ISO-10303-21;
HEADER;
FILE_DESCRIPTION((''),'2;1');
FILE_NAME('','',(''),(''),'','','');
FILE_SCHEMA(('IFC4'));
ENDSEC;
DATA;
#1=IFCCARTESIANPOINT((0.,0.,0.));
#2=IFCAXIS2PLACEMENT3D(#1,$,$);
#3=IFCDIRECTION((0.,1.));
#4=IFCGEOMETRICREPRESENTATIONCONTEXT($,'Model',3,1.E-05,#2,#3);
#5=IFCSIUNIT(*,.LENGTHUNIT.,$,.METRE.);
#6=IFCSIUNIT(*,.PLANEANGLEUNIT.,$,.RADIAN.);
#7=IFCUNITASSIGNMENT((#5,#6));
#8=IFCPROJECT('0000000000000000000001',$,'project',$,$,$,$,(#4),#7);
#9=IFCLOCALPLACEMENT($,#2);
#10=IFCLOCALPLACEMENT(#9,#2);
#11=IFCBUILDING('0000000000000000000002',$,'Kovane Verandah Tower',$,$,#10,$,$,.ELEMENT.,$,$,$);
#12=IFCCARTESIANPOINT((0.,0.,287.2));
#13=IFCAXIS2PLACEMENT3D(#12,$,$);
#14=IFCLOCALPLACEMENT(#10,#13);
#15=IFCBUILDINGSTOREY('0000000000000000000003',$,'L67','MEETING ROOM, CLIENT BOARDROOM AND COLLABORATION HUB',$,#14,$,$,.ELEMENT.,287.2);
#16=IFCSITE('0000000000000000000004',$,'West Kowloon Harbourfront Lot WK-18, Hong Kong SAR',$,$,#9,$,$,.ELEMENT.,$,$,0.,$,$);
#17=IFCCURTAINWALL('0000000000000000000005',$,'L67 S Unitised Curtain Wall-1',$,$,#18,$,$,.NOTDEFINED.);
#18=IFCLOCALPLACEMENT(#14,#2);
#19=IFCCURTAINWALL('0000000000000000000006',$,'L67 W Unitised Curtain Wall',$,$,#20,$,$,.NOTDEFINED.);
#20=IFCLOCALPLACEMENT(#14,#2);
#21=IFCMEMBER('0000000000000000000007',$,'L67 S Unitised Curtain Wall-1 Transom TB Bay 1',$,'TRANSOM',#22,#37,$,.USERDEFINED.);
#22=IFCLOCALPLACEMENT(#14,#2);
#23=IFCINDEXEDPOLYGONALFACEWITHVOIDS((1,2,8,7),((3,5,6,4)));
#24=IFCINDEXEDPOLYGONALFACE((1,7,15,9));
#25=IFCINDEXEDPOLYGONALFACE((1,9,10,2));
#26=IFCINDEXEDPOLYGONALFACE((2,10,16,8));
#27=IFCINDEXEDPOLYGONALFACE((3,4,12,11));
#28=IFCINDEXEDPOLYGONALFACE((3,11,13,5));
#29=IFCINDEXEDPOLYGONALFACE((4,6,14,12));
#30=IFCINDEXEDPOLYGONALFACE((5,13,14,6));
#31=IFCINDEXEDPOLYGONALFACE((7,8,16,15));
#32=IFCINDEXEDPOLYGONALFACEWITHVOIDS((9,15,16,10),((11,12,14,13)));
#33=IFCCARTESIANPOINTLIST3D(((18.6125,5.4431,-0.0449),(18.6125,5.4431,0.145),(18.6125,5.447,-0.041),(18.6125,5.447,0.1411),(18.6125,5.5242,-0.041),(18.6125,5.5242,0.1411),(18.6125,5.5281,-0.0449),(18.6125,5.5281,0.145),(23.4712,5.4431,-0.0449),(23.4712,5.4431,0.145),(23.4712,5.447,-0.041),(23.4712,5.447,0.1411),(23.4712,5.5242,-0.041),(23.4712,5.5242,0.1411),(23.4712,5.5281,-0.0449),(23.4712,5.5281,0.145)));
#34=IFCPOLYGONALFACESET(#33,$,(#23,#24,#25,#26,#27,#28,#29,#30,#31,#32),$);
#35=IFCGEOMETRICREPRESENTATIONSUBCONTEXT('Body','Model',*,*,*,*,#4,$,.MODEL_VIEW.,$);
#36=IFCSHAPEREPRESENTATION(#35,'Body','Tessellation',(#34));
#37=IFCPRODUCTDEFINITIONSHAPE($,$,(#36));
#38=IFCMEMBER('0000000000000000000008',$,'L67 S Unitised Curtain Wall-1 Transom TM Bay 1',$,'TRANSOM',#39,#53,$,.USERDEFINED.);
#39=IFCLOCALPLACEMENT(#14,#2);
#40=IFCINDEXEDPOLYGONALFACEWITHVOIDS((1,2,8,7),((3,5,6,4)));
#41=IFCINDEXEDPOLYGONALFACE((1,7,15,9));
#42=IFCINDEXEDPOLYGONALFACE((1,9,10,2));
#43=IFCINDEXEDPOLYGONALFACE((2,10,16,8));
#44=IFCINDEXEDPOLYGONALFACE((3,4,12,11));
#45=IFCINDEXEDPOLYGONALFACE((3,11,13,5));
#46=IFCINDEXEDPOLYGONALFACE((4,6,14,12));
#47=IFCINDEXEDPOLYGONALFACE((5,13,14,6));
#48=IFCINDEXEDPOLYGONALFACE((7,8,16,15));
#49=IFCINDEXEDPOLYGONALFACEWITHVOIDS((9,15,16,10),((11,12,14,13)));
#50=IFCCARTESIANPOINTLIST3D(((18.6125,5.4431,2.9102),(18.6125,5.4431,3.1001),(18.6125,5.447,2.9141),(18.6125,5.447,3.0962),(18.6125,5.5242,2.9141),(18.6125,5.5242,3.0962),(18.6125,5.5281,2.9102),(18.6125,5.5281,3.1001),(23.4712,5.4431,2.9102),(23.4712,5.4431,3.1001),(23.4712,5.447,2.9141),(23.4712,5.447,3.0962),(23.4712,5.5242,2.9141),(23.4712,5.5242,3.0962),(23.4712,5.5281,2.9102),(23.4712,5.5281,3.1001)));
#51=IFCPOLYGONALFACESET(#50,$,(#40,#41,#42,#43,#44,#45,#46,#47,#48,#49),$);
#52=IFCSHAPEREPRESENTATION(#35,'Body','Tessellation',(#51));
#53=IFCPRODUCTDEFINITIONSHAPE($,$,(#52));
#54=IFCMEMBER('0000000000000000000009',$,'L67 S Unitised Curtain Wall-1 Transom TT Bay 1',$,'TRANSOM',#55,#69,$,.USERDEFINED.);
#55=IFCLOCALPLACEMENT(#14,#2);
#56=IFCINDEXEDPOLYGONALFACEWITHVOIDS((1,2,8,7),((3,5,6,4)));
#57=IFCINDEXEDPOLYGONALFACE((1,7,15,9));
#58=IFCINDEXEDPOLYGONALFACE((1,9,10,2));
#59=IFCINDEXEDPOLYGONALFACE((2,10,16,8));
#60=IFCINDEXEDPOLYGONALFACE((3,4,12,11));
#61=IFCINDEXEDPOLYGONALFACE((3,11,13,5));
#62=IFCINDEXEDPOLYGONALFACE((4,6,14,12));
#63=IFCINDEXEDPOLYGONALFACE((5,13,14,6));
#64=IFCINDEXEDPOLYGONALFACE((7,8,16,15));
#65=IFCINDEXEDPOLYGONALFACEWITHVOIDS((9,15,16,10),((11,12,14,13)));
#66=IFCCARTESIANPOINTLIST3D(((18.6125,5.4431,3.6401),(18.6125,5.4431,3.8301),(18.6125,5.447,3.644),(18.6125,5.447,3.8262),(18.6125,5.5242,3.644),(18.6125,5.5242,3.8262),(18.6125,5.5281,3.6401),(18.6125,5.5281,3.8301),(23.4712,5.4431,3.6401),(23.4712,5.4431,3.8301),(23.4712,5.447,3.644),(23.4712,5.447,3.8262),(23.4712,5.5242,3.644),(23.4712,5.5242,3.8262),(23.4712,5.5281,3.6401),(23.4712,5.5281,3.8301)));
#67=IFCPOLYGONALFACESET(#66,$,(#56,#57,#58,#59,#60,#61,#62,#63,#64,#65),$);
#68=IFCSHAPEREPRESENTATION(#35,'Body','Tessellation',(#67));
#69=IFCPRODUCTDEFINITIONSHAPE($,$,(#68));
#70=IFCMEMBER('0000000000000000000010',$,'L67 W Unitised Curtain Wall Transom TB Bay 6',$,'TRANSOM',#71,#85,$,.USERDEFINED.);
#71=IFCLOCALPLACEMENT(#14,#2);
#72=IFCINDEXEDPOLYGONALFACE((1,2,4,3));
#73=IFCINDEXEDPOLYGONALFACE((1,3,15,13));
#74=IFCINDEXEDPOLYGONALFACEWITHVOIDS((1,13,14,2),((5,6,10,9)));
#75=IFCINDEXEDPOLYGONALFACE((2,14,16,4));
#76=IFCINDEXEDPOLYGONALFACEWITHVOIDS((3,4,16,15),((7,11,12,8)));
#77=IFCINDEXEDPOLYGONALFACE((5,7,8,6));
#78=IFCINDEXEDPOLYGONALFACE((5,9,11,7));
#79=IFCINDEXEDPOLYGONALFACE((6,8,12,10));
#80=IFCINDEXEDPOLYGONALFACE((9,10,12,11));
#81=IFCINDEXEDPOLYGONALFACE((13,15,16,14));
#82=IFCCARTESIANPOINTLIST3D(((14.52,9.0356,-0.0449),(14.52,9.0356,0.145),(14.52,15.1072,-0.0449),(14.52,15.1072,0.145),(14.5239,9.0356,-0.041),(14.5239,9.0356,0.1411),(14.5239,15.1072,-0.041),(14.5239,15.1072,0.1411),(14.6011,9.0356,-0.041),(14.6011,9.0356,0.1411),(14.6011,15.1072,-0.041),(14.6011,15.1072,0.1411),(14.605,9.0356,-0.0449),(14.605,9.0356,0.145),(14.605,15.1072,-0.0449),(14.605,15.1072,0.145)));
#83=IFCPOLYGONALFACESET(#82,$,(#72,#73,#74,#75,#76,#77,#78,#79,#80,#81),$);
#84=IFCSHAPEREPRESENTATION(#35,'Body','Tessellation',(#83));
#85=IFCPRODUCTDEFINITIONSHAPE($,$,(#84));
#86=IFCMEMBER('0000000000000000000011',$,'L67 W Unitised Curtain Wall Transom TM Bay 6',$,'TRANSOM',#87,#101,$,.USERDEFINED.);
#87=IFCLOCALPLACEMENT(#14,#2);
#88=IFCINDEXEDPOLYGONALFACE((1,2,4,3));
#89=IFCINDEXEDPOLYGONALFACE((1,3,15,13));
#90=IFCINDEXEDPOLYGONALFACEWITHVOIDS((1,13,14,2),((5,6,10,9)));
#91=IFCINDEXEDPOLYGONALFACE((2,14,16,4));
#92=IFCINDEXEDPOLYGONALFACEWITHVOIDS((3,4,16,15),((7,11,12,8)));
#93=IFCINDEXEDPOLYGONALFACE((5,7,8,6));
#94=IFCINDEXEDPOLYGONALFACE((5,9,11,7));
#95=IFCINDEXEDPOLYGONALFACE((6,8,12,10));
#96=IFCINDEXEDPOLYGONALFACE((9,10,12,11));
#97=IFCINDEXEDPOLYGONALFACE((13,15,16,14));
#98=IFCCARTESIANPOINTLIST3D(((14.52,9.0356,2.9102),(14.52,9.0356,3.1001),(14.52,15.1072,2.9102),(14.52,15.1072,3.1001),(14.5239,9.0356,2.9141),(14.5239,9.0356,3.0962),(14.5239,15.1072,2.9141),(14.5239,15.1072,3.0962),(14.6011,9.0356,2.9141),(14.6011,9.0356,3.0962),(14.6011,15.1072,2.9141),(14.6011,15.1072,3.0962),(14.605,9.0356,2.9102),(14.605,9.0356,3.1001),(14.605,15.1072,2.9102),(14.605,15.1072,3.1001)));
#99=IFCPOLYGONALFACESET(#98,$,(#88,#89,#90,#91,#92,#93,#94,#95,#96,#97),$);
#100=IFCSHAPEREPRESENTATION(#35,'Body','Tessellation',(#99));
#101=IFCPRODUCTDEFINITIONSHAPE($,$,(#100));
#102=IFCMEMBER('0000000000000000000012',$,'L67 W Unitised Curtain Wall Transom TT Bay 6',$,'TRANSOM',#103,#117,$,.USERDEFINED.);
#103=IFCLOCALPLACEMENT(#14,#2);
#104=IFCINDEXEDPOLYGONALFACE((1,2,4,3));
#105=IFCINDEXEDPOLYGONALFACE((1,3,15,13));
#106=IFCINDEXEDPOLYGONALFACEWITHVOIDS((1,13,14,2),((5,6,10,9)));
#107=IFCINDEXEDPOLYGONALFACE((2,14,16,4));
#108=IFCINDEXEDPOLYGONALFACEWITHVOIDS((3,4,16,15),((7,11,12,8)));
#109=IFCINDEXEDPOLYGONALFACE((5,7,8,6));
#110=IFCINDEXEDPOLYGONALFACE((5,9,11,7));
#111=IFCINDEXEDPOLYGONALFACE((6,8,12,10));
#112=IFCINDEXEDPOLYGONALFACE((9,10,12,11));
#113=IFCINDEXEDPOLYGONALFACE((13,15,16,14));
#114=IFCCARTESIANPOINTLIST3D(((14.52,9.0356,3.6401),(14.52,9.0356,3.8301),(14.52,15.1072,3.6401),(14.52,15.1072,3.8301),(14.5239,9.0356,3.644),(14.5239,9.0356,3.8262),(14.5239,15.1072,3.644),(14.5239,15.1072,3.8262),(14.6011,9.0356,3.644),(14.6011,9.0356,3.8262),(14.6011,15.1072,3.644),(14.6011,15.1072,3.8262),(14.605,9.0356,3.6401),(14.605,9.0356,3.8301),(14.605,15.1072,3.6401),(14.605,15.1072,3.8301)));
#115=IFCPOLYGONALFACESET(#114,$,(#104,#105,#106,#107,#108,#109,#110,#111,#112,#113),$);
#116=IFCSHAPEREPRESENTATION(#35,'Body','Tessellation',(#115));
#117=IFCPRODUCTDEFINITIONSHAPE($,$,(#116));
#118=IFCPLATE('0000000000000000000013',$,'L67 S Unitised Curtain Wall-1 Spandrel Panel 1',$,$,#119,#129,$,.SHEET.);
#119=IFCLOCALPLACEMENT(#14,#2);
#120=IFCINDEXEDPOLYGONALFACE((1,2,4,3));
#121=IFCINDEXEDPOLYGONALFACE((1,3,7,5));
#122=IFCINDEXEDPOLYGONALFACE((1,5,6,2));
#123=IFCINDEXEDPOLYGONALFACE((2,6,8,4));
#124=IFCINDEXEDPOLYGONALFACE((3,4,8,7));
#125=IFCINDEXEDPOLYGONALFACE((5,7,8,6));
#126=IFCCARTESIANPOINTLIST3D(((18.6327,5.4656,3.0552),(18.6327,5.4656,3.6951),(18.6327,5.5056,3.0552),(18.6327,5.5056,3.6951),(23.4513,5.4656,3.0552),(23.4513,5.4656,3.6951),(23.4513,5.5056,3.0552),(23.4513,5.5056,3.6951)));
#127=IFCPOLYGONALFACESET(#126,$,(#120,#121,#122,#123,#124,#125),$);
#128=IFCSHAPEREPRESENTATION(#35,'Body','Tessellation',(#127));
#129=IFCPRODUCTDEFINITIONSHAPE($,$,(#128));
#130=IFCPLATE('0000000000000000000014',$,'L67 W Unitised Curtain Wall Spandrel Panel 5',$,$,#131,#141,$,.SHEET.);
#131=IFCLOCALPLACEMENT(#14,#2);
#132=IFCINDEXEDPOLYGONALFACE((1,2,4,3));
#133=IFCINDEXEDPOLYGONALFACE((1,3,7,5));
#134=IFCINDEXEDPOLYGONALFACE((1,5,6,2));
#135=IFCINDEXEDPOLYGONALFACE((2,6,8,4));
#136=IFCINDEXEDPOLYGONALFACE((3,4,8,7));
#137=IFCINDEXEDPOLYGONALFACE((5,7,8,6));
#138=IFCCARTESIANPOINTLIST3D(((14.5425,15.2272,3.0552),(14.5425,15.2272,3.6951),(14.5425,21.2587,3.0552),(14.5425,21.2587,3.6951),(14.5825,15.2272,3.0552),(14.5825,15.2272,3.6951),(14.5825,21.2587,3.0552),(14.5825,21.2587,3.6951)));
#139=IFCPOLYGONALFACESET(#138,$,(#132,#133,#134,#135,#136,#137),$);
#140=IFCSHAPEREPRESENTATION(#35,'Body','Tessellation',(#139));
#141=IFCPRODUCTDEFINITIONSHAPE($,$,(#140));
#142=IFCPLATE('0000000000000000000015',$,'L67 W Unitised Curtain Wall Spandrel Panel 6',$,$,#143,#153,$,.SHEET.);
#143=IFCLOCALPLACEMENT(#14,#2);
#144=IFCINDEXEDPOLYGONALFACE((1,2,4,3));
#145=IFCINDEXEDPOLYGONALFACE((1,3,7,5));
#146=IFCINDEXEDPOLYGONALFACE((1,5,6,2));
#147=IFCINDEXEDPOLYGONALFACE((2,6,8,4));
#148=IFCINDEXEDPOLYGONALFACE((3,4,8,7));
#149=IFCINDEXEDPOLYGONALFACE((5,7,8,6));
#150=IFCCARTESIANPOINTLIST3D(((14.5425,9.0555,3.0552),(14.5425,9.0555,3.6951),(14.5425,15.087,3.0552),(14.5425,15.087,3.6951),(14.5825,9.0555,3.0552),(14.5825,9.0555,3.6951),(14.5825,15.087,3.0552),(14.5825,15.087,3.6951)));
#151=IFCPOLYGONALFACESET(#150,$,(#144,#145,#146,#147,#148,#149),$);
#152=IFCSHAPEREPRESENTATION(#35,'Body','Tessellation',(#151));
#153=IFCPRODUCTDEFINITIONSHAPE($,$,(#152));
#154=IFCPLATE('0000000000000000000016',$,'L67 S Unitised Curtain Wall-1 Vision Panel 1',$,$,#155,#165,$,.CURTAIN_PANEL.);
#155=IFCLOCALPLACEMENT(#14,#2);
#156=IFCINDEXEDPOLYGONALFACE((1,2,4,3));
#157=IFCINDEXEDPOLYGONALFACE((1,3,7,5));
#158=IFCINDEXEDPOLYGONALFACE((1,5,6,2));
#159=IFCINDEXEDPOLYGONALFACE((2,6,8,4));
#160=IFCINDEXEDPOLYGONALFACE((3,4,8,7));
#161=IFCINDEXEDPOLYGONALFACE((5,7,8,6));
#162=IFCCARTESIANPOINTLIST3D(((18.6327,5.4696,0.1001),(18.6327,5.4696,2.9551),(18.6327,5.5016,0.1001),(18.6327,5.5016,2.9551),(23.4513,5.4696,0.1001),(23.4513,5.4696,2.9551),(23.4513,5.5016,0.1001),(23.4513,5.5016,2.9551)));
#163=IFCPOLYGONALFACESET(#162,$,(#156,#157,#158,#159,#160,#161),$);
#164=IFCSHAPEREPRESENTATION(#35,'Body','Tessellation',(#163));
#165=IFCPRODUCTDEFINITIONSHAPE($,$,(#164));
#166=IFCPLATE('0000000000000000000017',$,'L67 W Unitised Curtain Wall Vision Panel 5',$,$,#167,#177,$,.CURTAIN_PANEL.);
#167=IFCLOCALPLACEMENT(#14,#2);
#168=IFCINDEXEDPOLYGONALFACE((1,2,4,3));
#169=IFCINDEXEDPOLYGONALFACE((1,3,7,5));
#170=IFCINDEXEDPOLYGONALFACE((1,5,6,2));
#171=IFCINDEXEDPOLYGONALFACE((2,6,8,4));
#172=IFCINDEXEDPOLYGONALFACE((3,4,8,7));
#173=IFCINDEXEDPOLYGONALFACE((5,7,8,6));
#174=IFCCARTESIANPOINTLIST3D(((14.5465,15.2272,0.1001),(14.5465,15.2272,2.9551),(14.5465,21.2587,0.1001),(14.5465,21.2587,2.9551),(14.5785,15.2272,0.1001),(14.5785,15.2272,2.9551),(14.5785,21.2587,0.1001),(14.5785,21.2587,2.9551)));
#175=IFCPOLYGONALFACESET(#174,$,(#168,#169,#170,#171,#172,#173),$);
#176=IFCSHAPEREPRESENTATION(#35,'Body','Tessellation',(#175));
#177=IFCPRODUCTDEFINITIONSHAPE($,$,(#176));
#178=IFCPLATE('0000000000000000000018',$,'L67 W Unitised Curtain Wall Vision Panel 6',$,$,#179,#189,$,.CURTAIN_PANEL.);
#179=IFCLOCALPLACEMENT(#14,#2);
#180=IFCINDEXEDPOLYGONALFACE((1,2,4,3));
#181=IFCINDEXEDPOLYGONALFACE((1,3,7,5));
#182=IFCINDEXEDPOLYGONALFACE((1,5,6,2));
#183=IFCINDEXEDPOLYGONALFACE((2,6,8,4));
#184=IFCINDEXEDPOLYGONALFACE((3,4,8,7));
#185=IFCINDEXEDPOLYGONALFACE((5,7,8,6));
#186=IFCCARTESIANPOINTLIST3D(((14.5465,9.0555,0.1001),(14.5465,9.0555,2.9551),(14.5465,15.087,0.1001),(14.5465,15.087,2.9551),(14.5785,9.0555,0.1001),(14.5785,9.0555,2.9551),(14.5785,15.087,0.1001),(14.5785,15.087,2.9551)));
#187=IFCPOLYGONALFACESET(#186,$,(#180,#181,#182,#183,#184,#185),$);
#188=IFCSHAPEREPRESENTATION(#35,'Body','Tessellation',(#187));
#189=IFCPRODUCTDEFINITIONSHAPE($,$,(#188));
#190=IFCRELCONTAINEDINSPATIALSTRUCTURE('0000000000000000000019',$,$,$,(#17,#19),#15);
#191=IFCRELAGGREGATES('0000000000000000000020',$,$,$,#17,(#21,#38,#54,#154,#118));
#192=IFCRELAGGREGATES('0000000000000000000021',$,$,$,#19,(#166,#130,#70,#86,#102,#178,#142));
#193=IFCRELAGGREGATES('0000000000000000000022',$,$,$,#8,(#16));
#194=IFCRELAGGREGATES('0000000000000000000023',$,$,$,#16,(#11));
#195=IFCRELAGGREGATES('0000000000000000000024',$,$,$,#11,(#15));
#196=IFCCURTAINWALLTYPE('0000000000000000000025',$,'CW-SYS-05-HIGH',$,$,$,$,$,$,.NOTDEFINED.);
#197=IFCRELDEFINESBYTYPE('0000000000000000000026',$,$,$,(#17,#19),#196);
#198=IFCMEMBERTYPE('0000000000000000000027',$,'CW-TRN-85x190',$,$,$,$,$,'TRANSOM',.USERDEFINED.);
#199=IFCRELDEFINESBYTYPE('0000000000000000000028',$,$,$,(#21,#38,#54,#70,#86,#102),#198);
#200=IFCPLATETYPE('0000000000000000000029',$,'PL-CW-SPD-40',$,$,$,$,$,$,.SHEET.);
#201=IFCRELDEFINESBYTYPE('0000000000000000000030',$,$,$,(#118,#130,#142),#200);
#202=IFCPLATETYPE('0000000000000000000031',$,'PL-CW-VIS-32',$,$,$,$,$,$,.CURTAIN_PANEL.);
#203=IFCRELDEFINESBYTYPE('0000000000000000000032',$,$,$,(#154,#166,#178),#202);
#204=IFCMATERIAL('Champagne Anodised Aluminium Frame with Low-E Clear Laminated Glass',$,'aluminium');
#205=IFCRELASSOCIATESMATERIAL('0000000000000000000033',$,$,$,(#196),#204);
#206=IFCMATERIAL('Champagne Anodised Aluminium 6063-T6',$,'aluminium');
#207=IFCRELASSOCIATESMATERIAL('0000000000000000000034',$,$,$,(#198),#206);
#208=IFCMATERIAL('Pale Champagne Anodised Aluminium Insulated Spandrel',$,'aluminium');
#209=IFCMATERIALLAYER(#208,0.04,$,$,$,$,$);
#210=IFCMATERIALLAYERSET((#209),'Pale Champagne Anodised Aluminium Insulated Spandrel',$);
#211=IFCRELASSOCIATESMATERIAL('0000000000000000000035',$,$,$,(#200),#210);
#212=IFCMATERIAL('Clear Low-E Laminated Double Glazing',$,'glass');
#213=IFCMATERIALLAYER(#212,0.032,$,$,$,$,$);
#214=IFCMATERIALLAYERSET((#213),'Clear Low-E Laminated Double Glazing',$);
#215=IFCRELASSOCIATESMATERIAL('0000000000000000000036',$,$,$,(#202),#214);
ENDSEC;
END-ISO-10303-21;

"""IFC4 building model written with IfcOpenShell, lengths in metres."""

from ifc_helpers import new_model, si_unit, direction, frame, origin, origin_2d, place, context, subcontext, project, spatial, rectangle, hollow_rectangle, extrude, material, layer, layer_set, material_profile, profile_set, type_object, element, aggregate, save


model = new_model("IFC4")

# Units and contexts
model_context = context("Model", 3, precision=1e-05, world=origin(), true_north=direction((0.0, 1.0)))
body_context = subcontext(model_context, "Body", "Model", "MODEL_VIEW")
ifc_project = project(units=[si_unit("LENGTHUNIT", "METRE"), si_unit("PLANEANGLEUNIT", "RADIAN")], contexts=[model_context])

# Site, building, storey
site_placement = place(None, origin())
site = spatial("IfcSite", under=ifc_project, at=site_placement, Name="West Kowloon Harbourfront Lot WK-18, Hong Kong SAR", CompositionType="ELEMENT", RefElevation=0.0)
building_placement = place(site_placement, origin())
building = spatial("IfcBuilding", under=site, at=building_placement, Name="Kovane Verandah Tower", CompositionType="ELEMENT")
storey_placement = place(building_placement, frame((0.0, 0.0, 287.2)))
storey = spatial("IfcBuildingStorey", under=building, at=storey_placement, Name="L67", Description="MEETING ROOM, CLIENT BOARDROOM AND COLLABORATION HUB", CompositionType="ELEMENT", Elevation=287.2)

# Curtain walls
ifc_material_1 = material(Name="Champagne Anodised Aluminium Frame with Low-E Clear Laminated Glass", Category="aluminium")
curtain_wall_type = type_object("IfcCurtainWallType", Name="CW-SYS-05-HIGH", PredefinedType="NOTDEFINED", material=ifc_material_1)
curtain_wall_1_placement = place(storey_placement, origin())
curtain_wall_1 = element("IfcCurtainWall", 1, at=curtain_wall_1_placement, inside=storey, type_object=curtain_wall_type, Name="L67 S Unitised Curtain Wall-1", PredefinedType="NOTDEFINED")
ifc_material_2 = material(Name="Champagne Anodised Aluminium 6063-T6", Category="aluminium")
curtain_wall_2_placement = place(storey_placement, origin())
curtain_wall_2 = element("IfcCurtainWall", 2, at=curtain_wall_2_placement, inside=storey, type_object=curtain_wall_type, Name="L67 W Unitised Curtain Wall", PredefinedType="NOTDEFINED")

# Members
ifc_material_profile_1 = material_profile(ifc_material_2, hollow_rectangle(XDim=0.085, YDim=0.1899, WallThickness=0.0039, at=origin_2d()), Name="AL85x190x4")
ifc_profile_set_1 = profile_set([ifc_material_profile_1], Name="Champagne Anodised Aluminium 6063-T6")
member_type_1 = type_object("IfcMemberType", Name="CW-TRN-85x190", ElementType="TRANSOM", PredefinedType="USERDEFINED", material=ifc_profile_set_1)
member_1_placement = place(storey_placement, frame((18.6125, 5.4856, 0.05), z_axis=(1.0, 0.0, 0.0), x_axis=(0.0, 1.0, 0.0)))
member_1 = element("IfcMember", 3, at=member_1_placement, type_object=member_type_1, Name="L67 S Unitised Curtain Wall-1 Transom TB Bay 1", ObjectType="TRANSOM", PredefinedType="USERDEFINED", context=body_context, shape_type="SweptSolid", body=[
    extrude(hollow_rectangle(XDim=0.085, YDim=0.1899, WallThickness=0.0039, at=origin_2d()), origin(), (0.0, 0.0, 1.0), 4.8586),
])
member_2_placement = place(storey_placement, frame((18.6125, 5.4856, 3.0051), z_axis=(1.0, 0.0, 0.0), x_axis=(0.0, 1.0, 0.0)))
member_2 = element("IfcMember", 4, at=member_2_placement, type_object=member_type_1, Name="L67 S Unitised Curtain Wall-1 Transom TM Bay 1", ObjectType="TRANSOM", PredefinedType="USERDEFINED", context=body_context, shape_type="SweptSolid", body=[
    extrude(hollow_rectangle(XDim=0.085, YDim=0.1899, WallThickness=0.0039, at=origin_2d()), origin(), (0.0, 0.0, 1.0), 4.8586),
])
member_3_placement = place(storey_placement, frame((18.6125, 5.4856, 3.7351), z_axis=(1.0, 0.0, 0.0), x_axis=(0.0, 1.0, 0.0)))
member_3 = element("IfcMember", 5, at=member_3_placement, type_object=member_type_1, Name="L67 S Unitised Curtain Wall-1 Transom TT Bay 1", ObjectType="TRANSOM", PredefinedType="USERDEFINED", context=body_context, shape_type="SweptSolid", body=[
    extrude(hollow_rectangle(XDim=0.085, YDim=0.1899, WallThickness=0.0039, at=origin_2d()), origin(), (0.0, 0.0, 1.0), 4.8586),
])
member_4_placement = place(storey_placement, frame((14.5625, 15.1072, 0.05), z_axis=(0.0, -1.0, 0.0), x_axis=(1.0, 0.0, 0.0)))
member_4 = element("IfcMember", 6, at=member_4_placement, type_object=member_type_1, Name="L67 W Unitised Curtain Wall Transom TB Bay 6", ObjectType="TRANSOM", PredefinedType="USERDEFINED", context=body_context, shape_type="SweptSolid", body=[
    extrude(hollow_rectangle(XDim=0.085, YDim=0.1899, WallThickness=0.0039, at=origin_2d()), origin(), (0.0, 0.0, 1.0), 6.0715),
])
member_5_placement = place(storey_placement, frame((14.5625, 15.1072, 3.0051), z_axis=(0.0, -1.0, 0.0), x_axis=(1.0, 0.0, 0.0)))
member_5 = element("IfcMember", 7, at=member_5_placement, type_object=member_type_1, Name="L67 W Unitised Curtain Wall Transom TM Bay 6", ObjectType="TRANSOM", PredefinedType="USERDEFINED", context=body_context, shape_type="SweptSolid", body=[
    extrude(hollow_rectangle(XDim=0.085, YDim=0.1899, WallThickness=0.0039, at=origin_2d()), origin(), (0.0, 0.0, 1.0), 6.0715),
])
member_6_placement = place(storey_placement, frame((14.5625, 15.1072, 3.7351), z_axis=(0.0, -1.0, 0.0), x_axis=(1.0, 0.0, 0.0)))
member_6 = element("IfcMember", 8, at=member_6_placement, type_object=member_type_1, Name="L67 W Unitised Curtain Wall Transom TT Bay 6", ObjectType="TRANSOM", PredefinedType="USERDEFINED", context=body_context, shape_type="SweptSolid", body=[
    extrude(hollow_rectangle(XDim=0.085, YDim=0.1899, WallThickness=0.0039, at=origin_2d()), origin(), (0.0, 0.0, 1.0), 6.0715),
])

# Plates
ifc_material_3 = material(Name="Pale Champagne Anodised Aluminium Insulated Spandrel", Category="aluminium")
ifc_layer_1 = layer(ifc_material_3, 0.04)
ifc_layer_set_1 = layer_set([ifc_layer_1], Name="Pale Champagne Anodised Aluminium Insulated Spandrel")
plate_type_1 = type_object("IfcPlateType", Name="PL-CW-SPD-40", PredefinedType="SHEET", material=ifc_layer_set_1)
plate_1_placement = place(storey_placement, frame((21.042, 5.4856, 3.0552), z_axis=(0.0, 0.0, 1.0), x_axis=(1.0, 0.0, 0.0)))
plate_1 = element("IfcPlate", 9, at=plate_1_placement, type_object=plate_type_1, Name="L67 S Unitised Curtain Wall-1 Spandrel Panel 1", PredefinedType="SHEET", context=body_context, shape_type="SweptSolid", body=[
    extrude(rectangle(XDim=4.8186, YDim=0.04, at=origin_2d()), origin(), (0.0, 0.0, 1.0), 0.6399),
])
plate_2_placement = place(storey_placement, frame((14.5625, 18.2429, 3.0552), z_axis=(0.0, 0.0, 1.0), x_axis=(0.0, -1.0, 0.0)))
plate_2 = element("IfcPlate", 10, at=plate_2_placement, type_object=plate_type_1, Name="L67 W Unitised Curtain Wall Spandrel Panel 5", PredefinedType="SHEET", context=body_context, shape_type="SweptSolid", body=[
    extrude(rectangle(XDim=6.0315, YDim=0.04, at=origin_2d()), origin(), (0.0, 0.0, 1.0), 0.6399),
])
plate_3_placement = place(storey_placement, frame((14.5625, 12.0713, 3.0552), z_axis=(0.0, 0.0, 1.0), x_axis=(0.0, -1.0, 0.0)))
plate_3 = element("IfcPlate", 11, at=plate_3_placement, type_object=plate_type_1, Name="L67 W Unitised Curtain Wall Spandrel Panel 6", PredefinedType="SHEET", context=body_context, shape_type="SweptSolid", body=[
    extrude(rectangle(XDim=6.0315, YDim=0.04, at=origin_2d()), origin(), (0.0, 0.0, 1.0), 0.6399),
])
ifc_material_4 = material(Name="Clear Low-E Laminated Double Glazing", Category="glass")
ifc_layer_2 = layer(ifc_material_4, 0.032)
ifc_layer_set_2 = layer_set([ifc_layer_2], Name="Clear Low-E Laminated Double Glazing")
plate_type_2 = type_object("IfcPlateType", Name="PL-CW-VIS-32", PredefinedType="CURTAIN_PANEL", material=ifc_layer_set_2)
plate_4_placement = place(storey_placement, frame((21.042, 5.4856, 0.1001), z_axis=(0.0, 0.0, 1.0), x_axis=(1.0, 0.0, 0.0)))
plate_4 = element("IfcPlate", 12, at=plate_4_placement, type_object=plate_type_2, Name="L67 S Unitised Curtain Wall-1 Vision Panel 1", PredefinedType="CURTAIN_PANEL", context=body_context, shape_type="SweptSolid", body=[
    extrude(rectangle(XDim=4.8186, YDim=0.032, at=origin_2d()), origin(), (0.0, 0.0, 1.0), 2.855),
])
aggregate(curtain_wall_1, [member_1, member_2, member_3, plate_4, plate_1])
plate_5_placement = place(storey_placement, frame((14.5625, 18.2429, 0.1001), z_axis=(0.0, 0.0, 1.0), x_axis=(0.0, -1.0, 0.0)))
plate_5 = element("IfcPlate", 13, at=plate_5_placement, type_object=plate_type_2, Name="L67 W Unitised Curtain Wall Vision Panel 5", PredefinedType="CURTAIN_PANEL", context=body_context, shape_type="SweptSolid", body=[
    extrude(rectangle(XDim=6.0315, YDim=0.032, at=origin_2d()), origin(), (0.0, 0.0, 1.0), 2.855),
])
plate_6_placement = place(storey_placement, frame((14.5625, 12.0713, 0.1001), z_axis=(0.0, 0.0, 1.0), x_axis=(0.0, -1.0, 0.0)))
plate_6 = element("IfcPlate", 14, at=plate_6_placement, type_object=plate_type_2, Name="L67 W Unitised Curtain Wall Vision Panel 6", PredefinedType="CURTAIN_PANEL", context=body_context, shape_type="SweptSolid", body=[
    extrude(rectangle(XDim=6.0315, YDim=0.032, at=origin_2d()), origin(), (0.0, 0.0, 1.0), 2.855),
])
aggregate(curtain_wall_2, [plate_5, plate_2, member_4, member_5, member_6, plate_6, plate_3])

save(model, "model.ifc")
